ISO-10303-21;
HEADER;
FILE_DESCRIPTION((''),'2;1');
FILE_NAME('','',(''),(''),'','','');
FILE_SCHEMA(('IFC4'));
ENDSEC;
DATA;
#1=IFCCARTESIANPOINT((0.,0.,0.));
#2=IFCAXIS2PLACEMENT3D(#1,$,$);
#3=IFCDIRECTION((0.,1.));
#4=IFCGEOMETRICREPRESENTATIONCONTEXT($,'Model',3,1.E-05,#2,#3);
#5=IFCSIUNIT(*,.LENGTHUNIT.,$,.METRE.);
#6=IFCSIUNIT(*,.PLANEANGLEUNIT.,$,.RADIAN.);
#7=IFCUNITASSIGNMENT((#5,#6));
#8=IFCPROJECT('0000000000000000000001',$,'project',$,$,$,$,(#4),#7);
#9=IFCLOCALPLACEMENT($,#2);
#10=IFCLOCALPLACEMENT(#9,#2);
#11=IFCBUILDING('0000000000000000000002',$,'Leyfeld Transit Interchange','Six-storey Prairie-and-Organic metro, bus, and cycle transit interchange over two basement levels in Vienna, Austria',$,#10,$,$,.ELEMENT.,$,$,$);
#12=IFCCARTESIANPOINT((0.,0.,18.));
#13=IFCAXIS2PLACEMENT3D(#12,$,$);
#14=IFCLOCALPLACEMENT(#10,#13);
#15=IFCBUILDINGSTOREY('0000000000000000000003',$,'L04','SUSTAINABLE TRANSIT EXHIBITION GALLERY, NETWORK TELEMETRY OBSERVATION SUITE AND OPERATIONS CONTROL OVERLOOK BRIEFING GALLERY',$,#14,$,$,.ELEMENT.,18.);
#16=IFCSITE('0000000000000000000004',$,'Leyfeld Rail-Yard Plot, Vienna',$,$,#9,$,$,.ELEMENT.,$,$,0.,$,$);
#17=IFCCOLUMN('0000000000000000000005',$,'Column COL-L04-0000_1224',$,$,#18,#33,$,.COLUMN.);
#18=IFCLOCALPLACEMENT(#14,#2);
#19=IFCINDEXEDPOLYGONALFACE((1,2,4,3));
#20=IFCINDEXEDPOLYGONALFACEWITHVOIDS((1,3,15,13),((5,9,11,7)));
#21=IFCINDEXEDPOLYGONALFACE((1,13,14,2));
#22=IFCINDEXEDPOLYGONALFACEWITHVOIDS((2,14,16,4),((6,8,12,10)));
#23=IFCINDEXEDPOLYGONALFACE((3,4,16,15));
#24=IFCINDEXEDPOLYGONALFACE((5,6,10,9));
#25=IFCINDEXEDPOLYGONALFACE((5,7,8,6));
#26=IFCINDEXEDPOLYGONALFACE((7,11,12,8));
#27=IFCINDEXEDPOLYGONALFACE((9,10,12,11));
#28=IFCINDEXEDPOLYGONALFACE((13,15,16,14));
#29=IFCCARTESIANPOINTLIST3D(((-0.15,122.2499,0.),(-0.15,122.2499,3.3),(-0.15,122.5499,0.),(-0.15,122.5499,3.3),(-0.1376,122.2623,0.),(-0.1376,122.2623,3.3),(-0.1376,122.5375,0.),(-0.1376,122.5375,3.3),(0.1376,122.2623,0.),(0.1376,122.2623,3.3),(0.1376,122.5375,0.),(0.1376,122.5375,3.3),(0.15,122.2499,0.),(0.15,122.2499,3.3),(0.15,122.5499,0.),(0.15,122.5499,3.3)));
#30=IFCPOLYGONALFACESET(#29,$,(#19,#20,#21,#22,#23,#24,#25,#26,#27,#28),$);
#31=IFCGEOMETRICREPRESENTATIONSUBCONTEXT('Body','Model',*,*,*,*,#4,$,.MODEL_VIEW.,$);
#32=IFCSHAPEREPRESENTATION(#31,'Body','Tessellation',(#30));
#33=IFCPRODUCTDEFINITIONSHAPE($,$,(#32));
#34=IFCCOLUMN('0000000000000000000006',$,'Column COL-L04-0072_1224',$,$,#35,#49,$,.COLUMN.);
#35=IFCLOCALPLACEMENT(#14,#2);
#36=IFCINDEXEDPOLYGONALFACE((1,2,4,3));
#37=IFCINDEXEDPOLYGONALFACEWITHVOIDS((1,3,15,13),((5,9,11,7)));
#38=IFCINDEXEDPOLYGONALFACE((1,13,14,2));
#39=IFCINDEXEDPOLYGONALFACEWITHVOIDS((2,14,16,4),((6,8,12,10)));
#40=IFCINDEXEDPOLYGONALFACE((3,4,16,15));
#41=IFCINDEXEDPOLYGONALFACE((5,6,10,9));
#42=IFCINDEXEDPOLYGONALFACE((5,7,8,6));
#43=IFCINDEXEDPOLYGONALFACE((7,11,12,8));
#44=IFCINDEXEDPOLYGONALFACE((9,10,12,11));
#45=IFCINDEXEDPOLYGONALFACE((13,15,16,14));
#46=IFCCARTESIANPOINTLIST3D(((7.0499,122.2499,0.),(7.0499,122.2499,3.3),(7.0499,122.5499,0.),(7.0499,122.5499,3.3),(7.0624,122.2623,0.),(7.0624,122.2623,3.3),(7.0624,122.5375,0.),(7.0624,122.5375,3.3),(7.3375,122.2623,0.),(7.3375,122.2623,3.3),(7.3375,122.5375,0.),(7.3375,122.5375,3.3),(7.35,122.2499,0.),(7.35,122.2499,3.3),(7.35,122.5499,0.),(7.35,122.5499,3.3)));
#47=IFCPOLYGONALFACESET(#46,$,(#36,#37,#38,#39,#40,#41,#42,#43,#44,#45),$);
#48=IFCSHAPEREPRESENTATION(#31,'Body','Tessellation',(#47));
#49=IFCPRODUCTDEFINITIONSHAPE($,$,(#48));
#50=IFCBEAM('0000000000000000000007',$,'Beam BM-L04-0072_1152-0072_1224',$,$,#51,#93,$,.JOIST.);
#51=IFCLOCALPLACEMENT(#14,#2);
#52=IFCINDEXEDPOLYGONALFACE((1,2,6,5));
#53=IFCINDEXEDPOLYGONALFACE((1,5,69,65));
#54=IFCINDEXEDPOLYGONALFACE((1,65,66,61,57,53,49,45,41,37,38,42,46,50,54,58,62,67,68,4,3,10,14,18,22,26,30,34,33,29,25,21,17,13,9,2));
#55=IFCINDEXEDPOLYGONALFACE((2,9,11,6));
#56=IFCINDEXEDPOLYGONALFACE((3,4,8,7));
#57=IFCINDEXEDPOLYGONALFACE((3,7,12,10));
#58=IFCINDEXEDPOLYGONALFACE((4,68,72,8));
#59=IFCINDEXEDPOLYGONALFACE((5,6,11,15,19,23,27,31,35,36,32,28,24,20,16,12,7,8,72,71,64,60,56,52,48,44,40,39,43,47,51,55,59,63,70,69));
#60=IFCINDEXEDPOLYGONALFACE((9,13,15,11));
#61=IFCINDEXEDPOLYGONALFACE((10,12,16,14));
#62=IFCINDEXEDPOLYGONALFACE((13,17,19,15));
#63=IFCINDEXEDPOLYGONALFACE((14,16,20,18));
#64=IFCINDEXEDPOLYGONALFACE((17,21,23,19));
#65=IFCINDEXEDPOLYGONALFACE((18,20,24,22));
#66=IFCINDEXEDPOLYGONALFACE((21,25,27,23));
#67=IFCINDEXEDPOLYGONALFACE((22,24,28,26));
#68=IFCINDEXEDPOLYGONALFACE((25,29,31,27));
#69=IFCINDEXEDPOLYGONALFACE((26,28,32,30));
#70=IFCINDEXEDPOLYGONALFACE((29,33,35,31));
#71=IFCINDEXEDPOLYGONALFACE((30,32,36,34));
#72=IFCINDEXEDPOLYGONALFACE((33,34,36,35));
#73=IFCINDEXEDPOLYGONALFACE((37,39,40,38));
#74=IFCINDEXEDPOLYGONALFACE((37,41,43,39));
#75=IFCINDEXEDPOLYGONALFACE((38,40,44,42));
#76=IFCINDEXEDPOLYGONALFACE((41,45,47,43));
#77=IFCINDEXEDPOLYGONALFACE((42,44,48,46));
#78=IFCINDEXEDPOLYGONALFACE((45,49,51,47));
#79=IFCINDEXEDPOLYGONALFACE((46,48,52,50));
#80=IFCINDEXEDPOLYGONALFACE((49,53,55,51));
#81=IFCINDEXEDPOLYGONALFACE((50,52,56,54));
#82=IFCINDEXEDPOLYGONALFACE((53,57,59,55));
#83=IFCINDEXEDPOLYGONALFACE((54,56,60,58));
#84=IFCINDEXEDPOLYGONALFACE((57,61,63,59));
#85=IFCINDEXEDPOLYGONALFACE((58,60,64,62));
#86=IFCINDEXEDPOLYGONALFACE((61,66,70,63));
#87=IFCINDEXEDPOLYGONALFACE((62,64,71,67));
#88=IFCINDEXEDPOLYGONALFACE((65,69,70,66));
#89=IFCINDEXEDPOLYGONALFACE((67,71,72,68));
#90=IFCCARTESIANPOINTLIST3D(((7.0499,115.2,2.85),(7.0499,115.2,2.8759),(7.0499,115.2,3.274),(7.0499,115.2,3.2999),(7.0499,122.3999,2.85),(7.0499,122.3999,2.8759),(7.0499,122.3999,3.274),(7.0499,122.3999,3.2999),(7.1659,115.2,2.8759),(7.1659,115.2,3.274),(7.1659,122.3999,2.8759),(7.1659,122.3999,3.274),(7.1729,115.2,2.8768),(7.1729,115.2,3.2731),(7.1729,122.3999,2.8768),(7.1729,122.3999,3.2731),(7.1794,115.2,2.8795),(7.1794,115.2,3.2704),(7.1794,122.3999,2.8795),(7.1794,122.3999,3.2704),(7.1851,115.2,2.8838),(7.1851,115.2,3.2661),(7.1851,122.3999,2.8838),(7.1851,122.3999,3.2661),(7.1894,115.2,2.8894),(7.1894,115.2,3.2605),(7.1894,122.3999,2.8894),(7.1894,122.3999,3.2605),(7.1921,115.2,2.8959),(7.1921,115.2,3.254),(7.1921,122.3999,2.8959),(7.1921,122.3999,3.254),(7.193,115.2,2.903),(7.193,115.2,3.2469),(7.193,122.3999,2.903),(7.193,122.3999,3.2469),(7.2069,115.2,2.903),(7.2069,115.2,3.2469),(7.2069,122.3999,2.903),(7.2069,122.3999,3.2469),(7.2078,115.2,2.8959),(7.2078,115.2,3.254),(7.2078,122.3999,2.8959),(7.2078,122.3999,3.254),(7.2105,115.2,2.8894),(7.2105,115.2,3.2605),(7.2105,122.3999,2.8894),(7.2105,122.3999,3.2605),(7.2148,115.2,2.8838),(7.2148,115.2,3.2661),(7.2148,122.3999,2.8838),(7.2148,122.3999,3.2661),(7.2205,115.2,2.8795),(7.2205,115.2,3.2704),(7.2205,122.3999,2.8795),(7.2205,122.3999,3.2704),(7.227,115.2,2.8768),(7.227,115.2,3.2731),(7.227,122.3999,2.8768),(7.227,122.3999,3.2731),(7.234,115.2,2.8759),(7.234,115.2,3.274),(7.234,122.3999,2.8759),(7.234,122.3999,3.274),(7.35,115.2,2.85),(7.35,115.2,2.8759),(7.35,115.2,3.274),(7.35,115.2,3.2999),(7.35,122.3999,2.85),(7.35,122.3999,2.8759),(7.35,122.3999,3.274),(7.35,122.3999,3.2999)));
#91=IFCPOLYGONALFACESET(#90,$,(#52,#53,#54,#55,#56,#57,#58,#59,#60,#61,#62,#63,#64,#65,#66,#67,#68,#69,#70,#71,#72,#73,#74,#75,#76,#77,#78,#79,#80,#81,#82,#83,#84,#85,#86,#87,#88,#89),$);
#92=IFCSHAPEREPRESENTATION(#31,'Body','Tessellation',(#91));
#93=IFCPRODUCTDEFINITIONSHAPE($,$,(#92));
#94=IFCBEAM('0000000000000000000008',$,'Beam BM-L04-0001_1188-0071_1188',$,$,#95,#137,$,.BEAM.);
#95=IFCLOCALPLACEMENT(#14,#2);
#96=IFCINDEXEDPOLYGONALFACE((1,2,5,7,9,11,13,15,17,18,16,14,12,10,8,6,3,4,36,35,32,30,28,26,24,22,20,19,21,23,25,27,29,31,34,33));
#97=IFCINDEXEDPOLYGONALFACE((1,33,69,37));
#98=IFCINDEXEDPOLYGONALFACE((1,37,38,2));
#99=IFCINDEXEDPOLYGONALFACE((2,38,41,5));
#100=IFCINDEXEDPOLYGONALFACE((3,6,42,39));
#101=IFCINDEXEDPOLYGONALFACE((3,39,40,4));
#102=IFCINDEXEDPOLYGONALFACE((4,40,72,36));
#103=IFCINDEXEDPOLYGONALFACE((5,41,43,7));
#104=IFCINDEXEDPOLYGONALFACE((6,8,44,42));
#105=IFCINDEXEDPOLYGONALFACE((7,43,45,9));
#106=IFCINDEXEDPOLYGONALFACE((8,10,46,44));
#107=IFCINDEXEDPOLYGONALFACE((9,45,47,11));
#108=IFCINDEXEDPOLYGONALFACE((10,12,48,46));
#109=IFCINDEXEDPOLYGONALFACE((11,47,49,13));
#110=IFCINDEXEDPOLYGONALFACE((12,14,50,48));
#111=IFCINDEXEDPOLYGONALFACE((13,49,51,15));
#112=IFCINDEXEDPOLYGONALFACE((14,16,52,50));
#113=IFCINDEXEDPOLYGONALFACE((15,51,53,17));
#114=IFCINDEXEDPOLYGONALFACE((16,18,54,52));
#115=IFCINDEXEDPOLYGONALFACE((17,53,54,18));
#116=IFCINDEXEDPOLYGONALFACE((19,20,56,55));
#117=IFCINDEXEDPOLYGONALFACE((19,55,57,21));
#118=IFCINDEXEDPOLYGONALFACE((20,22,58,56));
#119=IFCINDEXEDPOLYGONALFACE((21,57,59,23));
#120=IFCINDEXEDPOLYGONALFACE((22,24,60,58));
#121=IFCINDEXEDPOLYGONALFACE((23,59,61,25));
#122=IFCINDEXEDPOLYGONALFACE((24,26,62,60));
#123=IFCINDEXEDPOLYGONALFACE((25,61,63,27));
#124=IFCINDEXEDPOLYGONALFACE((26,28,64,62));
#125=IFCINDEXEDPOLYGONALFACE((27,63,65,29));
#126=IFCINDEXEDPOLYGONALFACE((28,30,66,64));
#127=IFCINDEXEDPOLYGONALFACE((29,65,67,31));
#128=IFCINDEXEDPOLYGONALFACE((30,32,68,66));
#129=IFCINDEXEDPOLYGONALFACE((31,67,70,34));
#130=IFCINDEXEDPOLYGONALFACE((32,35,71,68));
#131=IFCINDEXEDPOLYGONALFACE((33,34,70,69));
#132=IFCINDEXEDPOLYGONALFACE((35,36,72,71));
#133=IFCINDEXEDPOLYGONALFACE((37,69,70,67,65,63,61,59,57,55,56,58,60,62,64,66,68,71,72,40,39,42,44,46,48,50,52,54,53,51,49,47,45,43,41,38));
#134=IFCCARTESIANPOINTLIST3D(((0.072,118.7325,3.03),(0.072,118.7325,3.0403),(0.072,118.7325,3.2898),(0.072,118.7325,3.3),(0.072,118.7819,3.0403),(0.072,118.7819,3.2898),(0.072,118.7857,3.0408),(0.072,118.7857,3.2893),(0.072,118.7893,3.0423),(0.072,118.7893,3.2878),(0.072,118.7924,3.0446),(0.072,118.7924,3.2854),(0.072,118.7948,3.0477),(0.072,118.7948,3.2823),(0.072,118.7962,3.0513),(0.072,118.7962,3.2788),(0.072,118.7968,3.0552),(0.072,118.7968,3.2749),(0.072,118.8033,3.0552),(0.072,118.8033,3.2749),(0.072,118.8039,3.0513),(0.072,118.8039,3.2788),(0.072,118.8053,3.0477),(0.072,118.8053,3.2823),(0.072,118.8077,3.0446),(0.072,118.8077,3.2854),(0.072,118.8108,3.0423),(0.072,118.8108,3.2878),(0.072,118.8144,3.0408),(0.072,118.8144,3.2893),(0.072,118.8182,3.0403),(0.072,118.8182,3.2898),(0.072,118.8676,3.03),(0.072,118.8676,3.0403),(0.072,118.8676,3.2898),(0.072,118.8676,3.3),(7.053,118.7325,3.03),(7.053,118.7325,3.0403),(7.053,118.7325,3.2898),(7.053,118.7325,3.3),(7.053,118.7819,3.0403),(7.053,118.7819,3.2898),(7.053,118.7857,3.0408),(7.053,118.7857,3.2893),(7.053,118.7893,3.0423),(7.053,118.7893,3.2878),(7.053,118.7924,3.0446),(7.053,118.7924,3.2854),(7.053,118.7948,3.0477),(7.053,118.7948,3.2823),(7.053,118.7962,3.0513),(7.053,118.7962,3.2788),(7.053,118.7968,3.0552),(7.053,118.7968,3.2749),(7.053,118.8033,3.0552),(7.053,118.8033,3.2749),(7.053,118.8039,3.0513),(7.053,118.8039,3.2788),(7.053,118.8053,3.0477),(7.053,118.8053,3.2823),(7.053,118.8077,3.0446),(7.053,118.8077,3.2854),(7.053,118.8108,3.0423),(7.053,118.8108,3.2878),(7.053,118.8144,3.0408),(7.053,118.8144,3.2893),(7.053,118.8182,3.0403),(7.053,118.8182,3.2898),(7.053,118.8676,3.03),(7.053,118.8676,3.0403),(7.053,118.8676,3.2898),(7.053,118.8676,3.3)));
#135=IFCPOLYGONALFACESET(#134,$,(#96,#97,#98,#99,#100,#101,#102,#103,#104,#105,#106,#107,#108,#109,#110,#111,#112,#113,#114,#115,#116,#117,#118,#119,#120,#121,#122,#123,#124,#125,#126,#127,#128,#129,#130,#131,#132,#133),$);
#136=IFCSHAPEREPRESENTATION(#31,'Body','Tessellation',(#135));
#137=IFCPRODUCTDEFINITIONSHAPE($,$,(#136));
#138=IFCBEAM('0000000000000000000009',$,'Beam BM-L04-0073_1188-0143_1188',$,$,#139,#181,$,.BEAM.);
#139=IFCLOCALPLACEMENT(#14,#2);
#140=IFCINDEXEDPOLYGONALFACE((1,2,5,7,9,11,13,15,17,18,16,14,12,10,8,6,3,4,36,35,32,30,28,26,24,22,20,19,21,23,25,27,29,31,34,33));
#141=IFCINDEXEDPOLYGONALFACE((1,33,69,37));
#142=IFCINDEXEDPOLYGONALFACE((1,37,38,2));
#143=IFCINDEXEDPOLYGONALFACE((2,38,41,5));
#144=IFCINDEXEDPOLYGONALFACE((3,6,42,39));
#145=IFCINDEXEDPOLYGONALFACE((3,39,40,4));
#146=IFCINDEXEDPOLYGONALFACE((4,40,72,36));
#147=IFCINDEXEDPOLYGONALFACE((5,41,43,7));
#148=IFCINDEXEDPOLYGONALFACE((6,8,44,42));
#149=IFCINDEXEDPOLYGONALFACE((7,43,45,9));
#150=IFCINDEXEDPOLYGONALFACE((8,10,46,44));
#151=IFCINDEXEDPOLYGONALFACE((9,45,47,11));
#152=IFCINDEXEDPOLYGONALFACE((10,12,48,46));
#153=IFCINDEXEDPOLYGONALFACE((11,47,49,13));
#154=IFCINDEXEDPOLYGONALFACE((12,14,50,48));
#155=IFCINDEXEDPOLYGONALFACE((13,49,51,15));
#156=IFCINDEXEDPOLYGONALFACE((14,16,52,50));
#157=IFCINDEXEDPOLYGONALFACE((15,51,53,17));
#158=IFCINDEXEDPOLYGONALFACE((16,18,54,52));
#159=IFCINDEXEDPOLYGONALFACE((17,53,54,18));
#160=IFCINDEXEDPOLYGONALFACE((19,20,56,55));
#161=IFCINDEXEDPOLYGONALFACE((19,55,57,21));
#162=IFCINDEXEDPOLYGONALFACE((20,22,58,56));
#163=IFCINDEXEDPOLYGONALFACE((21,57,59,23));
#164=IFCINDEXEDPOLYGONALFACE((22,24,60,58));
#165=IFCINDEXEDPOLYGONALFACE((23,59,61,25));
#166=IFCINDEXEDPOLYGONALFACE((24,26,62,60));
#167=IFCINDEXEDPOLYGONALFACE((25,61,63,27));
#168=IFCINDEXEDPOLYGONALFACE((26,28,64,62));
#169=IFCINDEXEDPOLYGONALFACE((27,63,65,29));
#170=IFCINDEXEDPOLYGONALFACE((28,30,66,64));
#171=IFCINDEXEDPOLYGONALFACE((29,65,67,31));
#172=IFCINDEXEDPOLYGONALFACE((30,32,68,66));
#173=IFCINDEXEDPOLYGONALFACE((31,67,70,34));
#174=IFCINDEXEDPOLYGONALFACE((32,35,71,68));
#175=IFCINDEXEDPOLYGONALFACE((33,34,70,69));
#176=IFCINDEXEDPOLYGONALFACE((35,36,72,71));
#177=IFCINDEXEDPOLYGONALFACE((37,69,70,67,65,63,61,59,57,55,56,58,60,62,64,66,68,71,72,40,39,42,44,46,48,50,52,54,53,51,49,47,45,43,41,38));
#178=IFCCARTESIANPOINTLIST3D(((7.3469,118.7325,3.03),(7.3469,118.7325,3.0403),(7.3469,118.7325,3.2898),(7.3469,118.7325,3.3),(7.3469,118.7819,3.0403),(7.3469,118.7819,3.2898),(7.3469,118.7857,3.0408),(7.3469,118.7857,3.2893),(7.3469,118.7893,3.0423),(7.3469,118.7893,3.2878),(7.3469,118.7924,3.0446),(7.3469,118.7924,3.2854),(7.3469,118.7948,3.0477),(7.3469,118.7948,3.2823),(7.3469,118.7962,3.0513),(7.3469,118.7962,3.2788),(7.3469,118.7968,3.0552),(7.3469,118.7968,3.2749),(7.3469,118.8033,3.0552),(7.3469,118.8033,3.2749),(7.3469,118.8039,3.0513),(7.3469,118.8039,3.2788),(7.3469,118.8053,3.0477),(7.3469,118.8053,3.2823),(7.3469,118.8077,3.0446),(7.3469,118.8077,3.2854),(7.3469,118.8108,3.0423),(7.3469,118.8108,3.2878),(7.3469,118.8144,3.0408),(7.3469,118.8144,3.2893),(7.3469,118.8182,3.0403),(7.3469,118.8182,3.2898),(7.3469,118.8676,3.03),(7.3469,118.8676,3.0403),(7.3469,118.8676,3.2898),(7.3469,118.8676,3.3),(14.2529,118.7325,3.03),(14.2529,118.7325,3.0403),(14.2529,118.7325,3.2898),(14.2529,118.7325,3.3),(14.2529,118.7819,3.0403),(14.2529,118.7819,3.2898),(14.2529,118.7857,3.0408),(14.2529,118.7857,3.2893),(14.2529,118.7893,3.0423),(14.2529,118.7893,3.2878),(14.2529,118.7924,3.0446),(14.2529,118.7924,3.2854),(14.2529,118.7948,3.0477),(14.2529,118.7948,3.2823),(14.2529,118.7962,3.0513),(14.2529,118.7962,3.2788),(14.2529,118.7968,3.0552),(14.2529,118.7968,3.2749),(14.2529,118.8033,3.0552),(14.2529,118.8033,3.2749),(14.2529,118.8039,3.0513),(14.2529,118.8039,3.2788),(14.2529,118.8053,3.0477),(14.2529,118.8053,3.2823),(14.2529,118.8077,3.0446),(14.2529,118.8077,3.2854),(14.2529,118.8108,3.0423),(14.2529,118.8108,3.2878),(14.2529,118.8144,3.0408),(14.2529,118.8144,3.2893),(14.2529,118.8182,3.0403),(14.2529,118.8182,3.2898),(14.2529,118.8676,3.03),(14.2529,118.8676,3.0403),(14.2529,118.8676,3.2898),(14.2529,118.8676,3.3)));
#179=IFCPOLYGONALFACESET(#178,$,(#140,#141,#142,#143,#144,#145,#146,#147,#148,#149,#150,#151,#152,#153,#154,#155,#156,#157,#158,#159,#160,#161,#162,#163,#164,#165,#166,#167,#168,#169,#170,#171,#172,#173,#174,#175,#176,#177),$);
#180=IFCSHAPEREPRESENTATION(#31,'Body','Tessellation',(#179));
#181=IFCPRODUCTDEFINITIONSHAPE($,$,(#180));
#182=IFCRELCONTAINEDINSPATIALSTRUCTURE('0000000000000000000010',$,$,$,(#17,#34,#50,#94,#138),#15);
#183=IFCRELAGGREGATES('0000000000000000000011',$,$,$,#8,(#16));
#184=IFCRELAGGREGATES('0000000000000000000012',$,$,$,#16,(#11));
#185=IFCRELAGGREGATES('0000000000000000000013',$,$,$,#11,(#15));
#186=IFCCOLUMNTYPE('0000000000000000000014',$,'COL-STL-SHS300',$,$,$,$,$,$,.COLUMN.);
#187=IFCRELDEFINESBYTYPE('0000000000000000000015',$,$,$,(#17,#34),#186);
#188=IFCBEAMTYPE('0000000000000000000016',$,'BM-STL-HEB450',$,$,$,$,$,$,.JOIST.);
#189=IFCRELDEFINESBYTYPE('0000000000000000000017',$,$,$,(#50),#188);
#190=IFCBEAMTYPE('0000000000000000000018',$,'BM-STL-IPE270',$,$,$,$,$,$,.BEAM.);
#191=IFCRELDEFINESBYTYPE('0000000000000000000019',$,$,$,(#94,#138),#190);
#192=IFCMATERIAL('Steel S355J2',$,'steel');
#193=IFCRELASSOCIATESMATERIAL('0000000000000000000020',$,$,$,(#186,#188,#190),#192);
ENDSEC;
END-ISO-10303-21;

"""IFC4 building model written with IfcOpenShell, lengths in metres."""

from ifc_helpers import new_model, si_unit, direction, frame, origin, origin_2d, place, context, subcontext, project, spatial, hollow_rectangle, i_section, extrude, material, material_profile, profile_set, type_object, element, save


model = new_model("IFC4")

# Units and contexts
model_context = context("Model", 3, precision=1e-05, world=origin(), true_north=direction((0.0, 1.0)))
body_context = subcontext(model_context, "Body", "Model", "MODEL_VIEW")
ifc_project = project(units=[si_unit("LENGTHUNIT", "METRE"), si_unit("PLANEANGLEUNIT", "RADIAN")], contexts=[model_context])

# Site, building, storey
site_placement = place(None, origin())
site = spatial("IfcSite", under=ifc_project, at=site_placement, Name="Leyfeld Rail-Yard Plot, Vienna", CompositionType="ELEMENT", RefElevation=0.0)
building_placement = place(site_placement, origin())
building = spatial("IfcBuilding", under=site, at=building_placement, Name="Leyfeld Transit Interchange", Description="Six-storey Prairie-and-Organic metro, bus, and cycle transit interchange over two basement levels in Vienna, Austria", CompositionType="ELEMENT")
storey_placement = place(building_placement, frame((0.0, 0.0, 18.0)))
storey = spatial("IfcBuildingStorey", under=building, at=storey_placement, Name="L04", Description="SUSTAINABLE TRANSIT EXHIBITION GALLERY, NETWORK TELEMETRY OBSERVATION SUITE AND OPERATIONS CONTROL OVERLOOK BRIEFING GALLERY", CompositionType="ELEMENT", Elevation=18.0)

# Columns
ifc_material_1 = material(Name="Steel S355J2", Category="steel")
ifc_material_profile_1 = material_profile(ifc_material_1, hollow_rectangle(XDim=0.3, YDim=0.3, WallThickness=0.0125, at=origin_2d()), Name="SHS 300x300x12.5")
ifc_profile_set_1 = profile_set([ifc_material_profile_1], Name="Steel S355J2")
column_type = type_object("IfcColumnType", Name="COL-STL-SHS300", PredefinedType="COLUMN", material=ifc_profile_set_1)
for number, where, z_axis, x_axis, name in (
    (1, (0.0, 122.3999, 0.0), (0.0, 0.0, 1.0), (1.0, 0.0, 0.0), "Column COL-L04-0000_1224"),
    (2, (7.2, 122.3999, 0.0), (0.0, 0.0, 1.0), (1.0, 0.0, 0.0), "Column COL-L04-0072_1224"),
):
    element("IfcColumn", number, at=place(storey_placement, frame(where, z_axis=z_axis, x_axis=x_axis)), inside=storey, type_object=column_type, Name=name, PredefinedType="COLUMN", context=body_context, shape_type="SweptSolid", body=[
        extrude(hollow_rectangle(XDim=0.3, YDim=0.3, WallThickness=0.0125, at=origin_2d()), origin(), (0.0, 0.0, 1.0), 3.3),
    ])

# Beams
ifc_material_profile_2 = material_profile(ifc_material_1, i_section(OverallWidth=0.3, OverallDepth=0.45, WebThickness=0.0139, FlangeThickness=0.0259, FilletRadius=0.0271, at=origin_2d()), Name="HEB 450")
ifc_profile_set_2 = profile_set([ifc_material_profile_2], Name="Steel S355J2")
beam_type_1 = type_object("IfcBeamType", Name="BM-STL-HEB450", PredefinedType="JOIST", material=ifc_profile_set_2)
beam_1_placement = place(storey_placement, frame((7.2, 115.2, 3.075), z_axis=(0.0, 1.0, 0.0), x_axis=(-1.0, 0.0, 0.0)))
element("IfcBeam", 3, at=beam_1_placement, inside=storey, type_object=beam_type_1, Name="Beam BM-L04-0072_1152-0072_1224", PredefinedType="JOIST", context=body_context, shape_type="SweptSolid", body=[
    extrude(i_section(OverallWidth=0.3, OverallDepth=0.45, WebThickness=0.0139, FlangeThickness=0.0259, FilletRadius=0.0271, at=origin_2d()), origin(), (0.0, 0.0, 1.0), 7.2),
])
ifc_material_profile_3 = material_profile(ifc_material_1, i_section(OverallWidth=0.135, OverallDepth=0.27, WebThickness=0.0066, FlangeThickness=0.0103, FilletRadius=0.0149, at=origin_2d()), Name="IPE 270")
ifc_profile_set_3 = profile_set([ifc_material_profile_3], Name="Steel S355J2")
beam_type_2 = type_object("IfcBeamType", Name="BM-STL-IPE270", PredefinedType="BEAM", material=ifc_profile_set_3)
beam_2_placement = place(storey_placement, frame((0.072, 118.8, 3.165), z_axis=(1.0, 0.0, 0.0), x_axis=(0.0, 1.0, 0.0)))
element("IfcBeam", 4, at=beam_2_placement, inside=storey, type_object=beam_type_2, Name="Beam BM-L04-0001_1188-0071_1188", PredefinedType="BEAM", context=body_context, shape_type="SweptSolid", body=[
    extrude(i_section(OverallWidth=0.135, OverallDepth=0.27, WebThickness=0.0066, FlangeThickness=0.0103, FilletRadius=0.0149, at=origin_2d()), origin(), (0.0, 0.0, 1.0), 6.981),
])
beam_3_placement = place(storey_placement, frame((7.3469, 118.8, 3.165), z_axis=(1.0, 0.0, 0.0), x_axis=(0.0, 1.0, 0.0)))
element("IfcBeam", 5, at=beam_3_placement, inside=storey, type_object=beam_type_2, Name="Beam BM-L04-0073_1188-0143_1188", PredefinedType="BEAM", context=body_context, shape_type="SweptSolid", body=[
    extrude(i_section(OverallWidth=0.135, OverallDepth=0.27, WebThickness=0.0066, FlangeThickness=0.0103, FilletRadius=0.0149, at=origin_2d()), origin(), (0.0, 0.0, 1.0), 6.906),
])

save(model, "model.ifc")
